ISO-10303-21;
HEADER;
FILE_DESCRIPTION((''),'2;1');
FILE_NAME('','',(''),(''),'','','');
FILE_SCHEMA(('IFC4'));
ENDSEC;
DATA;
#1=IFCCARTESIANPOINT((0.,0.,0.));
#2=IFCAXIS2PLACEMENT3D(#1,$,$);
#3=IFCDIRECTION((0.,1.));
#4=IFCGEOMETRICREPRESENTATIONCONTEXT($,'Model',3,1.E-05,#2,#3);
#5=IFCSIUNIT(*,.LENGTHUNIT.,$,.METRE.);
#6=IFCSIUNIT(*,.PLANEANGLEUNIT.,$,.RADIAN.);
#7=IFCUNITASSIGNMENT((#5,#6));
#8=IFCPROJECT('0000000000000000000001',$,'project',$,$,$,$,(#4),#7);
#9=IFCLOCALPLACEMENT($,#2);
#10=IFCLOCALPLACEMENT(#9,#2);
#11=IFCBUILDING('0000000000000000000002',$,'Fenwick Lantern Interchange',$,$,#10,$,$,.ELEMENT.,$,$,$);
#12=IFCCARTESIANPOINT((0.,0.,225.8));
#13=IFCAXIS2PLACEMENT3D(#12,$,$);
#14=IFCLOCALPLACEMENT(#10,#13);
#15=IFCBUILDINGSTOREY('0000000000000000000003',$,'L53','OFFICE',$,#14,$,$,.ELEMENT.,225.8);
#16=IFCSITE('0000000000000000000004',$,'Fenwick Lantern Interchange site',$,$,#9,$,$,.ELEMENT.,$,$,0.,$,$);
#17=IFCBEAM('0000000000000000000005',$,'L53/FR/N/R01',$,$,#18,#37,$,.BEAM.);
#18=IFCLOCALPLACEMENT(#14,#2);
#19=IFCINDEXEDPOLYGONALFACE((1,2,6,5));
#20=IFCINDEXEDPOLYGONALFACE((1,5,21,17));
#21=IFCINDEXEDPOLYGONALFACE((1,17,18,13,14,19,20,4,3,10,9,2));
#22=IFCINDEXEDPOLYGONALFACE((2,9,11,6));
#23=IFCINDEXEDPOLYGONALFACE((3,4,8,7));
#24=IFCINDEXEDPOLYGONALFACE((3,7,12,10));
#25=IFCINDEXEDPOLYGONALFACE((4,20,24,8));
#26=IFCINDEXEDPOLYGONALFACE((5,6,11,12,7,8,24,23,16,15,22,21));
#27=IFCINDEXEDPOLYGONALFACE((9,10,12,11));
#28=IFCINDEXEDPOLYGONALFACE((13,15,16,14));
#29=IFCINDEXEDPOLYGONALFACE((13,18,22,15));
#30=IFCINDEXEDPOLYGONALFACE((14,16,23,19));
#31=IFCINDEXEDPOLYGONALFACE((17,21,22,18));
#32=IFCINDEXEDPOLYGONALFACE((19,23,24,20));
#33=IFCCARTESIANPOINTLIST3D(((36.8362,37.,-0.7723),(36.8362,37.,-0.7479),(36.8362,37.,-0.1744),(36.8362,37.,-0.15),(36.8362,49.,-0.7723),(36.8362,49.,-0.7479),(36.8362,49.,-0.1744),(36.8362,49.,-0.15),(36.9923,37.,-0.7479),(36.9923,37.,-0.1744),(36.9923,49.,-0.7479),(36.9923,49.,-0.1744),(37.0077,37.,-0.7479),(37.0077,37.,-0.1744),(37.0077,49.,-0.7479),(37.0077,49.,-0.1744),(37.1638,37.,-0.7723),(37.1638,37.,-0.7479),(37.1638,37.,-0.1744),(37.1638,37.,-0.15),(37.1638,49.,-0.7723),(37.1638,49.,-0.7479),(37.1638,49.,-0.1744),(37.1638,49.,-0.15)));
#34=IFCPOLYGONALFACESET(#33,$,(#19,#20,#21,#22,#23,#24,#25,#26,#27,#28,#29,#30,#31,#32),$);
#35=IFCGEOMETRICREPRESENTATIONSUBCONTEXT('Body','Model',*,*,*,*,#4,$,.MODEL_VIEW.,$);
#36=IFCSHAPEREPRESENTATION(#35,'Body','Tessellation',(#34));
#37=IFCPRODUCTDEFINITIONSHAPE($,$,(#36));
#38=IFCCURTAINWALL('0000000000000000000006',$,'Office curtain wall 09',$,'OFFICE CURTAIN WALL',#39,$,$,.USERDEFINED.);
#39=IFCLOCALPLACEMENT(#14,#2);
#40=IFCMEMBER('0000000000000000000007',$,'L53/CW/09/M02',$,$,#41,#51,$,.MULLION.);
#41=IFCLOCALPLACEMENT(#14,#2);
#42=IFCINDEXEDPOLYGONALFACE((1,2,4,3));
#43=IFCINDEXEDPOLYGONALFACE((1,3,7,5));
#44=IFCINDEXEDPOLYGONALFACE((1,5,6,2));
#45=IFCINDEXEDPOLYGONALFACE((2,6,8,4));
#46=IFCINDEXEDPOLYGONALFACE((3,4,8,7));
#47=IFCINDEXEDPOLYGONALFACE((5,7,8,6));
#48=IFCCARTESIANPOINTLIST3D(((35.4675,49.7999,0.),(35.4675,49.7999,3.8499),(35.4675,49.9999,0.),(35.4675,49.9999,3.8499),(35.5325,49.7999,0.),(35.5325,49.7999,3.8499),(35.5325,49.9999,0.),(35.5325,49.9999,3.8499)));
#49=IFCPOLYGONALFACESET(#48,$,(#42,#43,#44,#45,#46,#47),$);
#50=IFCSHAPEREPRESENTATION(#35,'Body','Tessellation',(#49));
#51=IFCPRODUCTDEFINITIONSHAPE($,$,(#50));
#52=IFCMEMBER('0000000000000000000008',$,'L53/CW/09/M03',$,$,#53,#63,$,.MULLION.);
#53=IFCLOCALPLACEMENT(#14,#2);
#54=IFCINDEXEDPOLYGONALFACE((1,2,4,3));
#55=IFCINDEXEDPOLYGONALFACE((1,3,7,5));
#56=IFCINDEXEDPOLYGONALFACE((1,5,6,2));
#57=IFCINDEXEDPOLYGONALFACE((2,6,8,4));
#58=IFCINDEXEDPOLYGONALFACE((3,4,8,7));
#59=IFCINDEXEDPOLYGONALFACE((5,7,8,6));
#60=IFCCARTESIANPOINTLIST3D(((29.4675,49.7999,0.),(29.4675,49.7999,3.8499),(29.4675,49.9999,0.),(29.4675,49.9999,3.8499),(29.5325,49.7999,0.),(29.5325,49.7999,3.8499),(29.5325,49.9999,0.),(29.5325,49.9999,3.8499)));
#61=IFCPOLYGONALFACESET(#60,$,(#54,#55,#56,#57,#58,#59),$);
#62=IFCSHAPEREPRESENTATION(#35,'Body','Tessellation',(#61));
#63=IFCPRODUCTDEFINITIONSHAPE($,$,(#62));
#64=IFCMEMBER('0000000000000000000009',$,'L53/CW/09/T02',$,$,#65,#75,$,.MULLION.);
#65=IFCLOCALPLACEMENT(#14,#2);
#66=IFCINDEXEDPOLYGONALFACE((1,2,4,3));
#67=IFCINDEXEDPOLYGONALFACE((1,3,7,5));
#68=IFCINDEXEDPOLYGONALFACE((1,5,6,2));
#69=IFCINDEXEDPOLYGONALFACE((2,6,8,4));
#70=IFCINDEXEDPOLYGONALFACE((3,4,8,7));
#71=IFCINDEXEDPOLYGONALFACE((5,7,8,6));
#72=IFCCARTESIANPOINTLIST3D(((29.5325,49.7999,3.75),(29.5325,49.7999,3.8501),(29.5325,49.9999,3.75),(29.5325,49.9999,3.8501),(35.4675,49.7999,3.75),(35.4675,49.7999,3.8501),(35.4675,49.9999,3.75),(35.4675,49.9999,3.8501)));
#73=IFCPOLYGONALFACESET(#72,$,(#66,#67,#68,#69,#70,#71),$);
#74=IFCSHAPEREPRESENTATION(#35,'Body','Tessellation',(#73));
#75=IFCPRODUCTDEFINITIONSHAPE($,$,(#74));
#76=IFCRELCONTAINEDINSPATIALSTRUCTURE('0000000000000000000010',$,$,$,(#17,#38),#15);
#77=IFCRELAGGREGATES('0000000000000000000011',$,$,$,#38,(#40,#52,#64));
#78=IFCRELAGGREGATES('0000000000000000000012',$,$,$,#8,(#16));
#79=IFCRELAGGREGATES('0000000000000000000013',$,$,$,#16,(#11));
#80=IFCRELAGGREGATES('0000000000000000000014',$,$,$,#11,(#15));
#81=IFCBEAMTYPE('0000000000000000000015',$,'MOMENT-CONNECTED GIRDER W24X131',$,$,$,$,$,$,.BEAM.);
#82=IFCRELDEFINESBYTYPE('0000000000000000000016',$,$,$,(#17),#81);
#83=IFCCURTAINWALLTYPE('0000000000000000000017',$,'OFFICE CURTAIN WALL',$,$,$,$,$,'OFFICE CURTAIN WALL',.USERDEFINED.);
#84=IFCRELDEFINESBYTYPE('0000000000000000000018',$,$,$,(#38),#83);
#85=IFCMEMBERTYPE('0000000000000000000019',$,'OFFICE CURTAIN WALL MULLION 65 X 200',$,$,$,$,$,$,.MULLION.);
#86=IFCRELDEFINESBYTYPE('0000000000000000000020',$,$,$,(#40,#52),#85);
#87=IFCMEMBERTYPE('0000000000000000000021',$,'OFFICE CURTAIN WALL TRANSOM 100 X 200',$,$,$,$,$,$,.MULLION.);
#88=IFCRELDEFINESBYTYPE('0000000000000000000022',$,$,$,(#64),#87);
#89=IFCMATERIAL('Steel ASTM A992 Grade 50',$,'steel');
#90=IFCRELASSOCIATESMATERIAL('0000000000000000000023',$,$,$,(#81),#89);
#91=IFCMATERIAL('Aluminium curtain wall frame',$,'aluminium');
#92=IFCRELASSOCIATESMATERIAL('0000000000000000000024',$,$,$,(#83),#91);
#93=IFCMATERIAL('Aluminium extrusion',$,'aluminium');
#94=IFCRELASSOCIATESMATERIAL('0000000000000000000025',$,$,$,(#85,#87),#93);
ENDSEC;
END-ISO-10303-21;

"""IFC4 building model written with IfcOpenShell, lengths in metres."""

from ifc_helpers import new_model, si_unit, direction, frame, origin, origin_2d, place, context, subcontext, project, spatial, rectangle, i_section, extrude, material, material_profile, profile_set, type_object, element, aggregate, save


model = new_model("IFC4")

# Units and contexts
model_context = context("Model", 3, precision=1e-05, world=origin(), true_north=direction((0.0, 1.0)))
body_context = subcontext(model_context, "Body", "Model", "MODEL_VIEW")
ifc_project = project(units=[si_unit("LENGTHUNIT", "METRE"), si_unit("PLANEANGLEUNIT", "RADIAN")], contexts=[model_context])

# Site, building, storey
site_placement = place(None, origin())
site = spatial("IfcSite", under=ifc_project, at=site_placement, Name="Fenwick Lantern Interchange site", CompositionType="ELEMENT", RefElevation=0.0)
building_placement = place(site_placement, origin())
building = spatial("IfcBuilding", under=site, at=building_placement, Name="Fenwick Lantern Interchange", CompositionType="ELEMENT")
storey_placement = place(building_placement, frame((0.0, 0.0, 225.8)))
storey = spatial("IfcBuildingStorey", under=building, at=storey_placement, Name="L53", Description="OFFICE", CompositionType="ELEMENT", Elevation=225.8)

# Beam
ifc_material_1 = material(Name="Steel ASTM A992 Grade 50", Category="steel")
ifc_material_profile_1 = material_profile(ifc_material_1, i_section(OverallWidth=0.3276, OverallDepth=0.6223, WebThickness=0.0154, FlangeThickness=0.0244, at=origin_2d()), Name="W24X131")
ifc_profile_set_1 = profile_set([ifc_material_profile_1], Name="Steel ASTM A992 Grade 50")
beam_type_1 = type_object("IfcBeamType", Name="MOMENT-CONNECTED GIRDER W24X131", PredefinedType="BEAM", material=ifc_profile_set_1)
beam_1_placement = place(storey_placement, frame((37.0, 49.0, -0.4612), z_axis=(0.0, -1.0, 0.0), x_axis=(1.0, 0.0, 0.0)))
element("IfcBeam", 1, at=beam_1_placement, inside=storey, type_object=beam_type_1, Name="L53/FR/N/R01", PredefinedType="BEAM", context=body_context, shape_type="SweptSolid", body=[
    extrude(i_section(OverallWidth=0.3276, OverallDepth=0.6223, WebThickness=0.0154, FlangeThickness=0.0244, at=origin_2d()), origin(), (0.0, 0.0, 1.0), 12.0),
])

# Curtain wall, members
ifc_material_2 = material(Name="Aluminium curtain wall frame", Category="aluminium")
curtain_wall_type = type_object("IfcCurtainWallType", Name="OFFICE CURTAIN WALL", ElementType="OFFICE CURTAIN WALL", PredefinedType="USERDEFINED", material=ifc_material_2)
curtain_wall_placement = place(storey_placement, origin())
curtain_wall = element("IfcCurtainWall", 2, at=curtain_wall_placement, inside=storey, type_object=curtain_wall_type, Name="Office curtain wall 09", ObjectType="OFFICE CURTAIN WALL", PredefinedType="USERDEFINED")
ifc_material_3 = material(Name="Aluminium extrusion", Category="aluminium")
ifc_material_profile_2 = material_profile(ifc_material_3, rectangle(XDim=0.2, YDim=0.0649, at=origin_2d()), Name="OFFICE CURTAIN WALL MULLION 65 X 200")
ifc_profile_set_2 = profile_set([ifc_material_profile_2], Name="Aluminium extrusion")
member_type_1 = type_object("IfcMemberType", Name="OFFICE CURTAIN WALL MULLION 65 X 200", PredefinedType="MULLION", material=ifc_profile_set_2)
member_1_placement = place(storey_placement, frame((35.5, 49.8999, 0.0), z_axis=(0.0, 0.0, 1.0), x_axis=(0.0, -1.0, 0.0)))
member_1 = element("IfcMember", 3, at=member_1_placement, type_object=member_type_1, Name="L53/CW/09/M02", PredefinedType="MULLION", context=body_context, shape_type="SweptSolid", body=[
    extrude(rectangle(XDim=0.2, YDim=0.0649, at=origin_2d()), origin(), (0.0, 0.0, 1.0), 3.8499),
])
member_2_placement = place(storey_placement, frame((29.5, 49.8999, 0.0), z_axis=(0.0, 0.0, 1.0), x_axis=(0.0, -1.0, 0.0)))
member_2 = element("IfcMember", 4, at=member_2_placement, type_object=member_type_1, Name="L53/CW/09/M03", PredefinedType="MULLION", context=body_context, shape_type="SweptSolid", body=[
    extrude(rectangle(XDim=0.2, YDim=0.0649, at=origin_2d()), origin(), (0.0, 0.0, 1.0), 3.8499),
])
ifc_material_profile_3 = material_profile(ifc_material_3, rectangle(XDim=0.2, YDim=0.1001, at=origin_2d()), Name="OFFICE CURTAIN WALL TRANSOM 100 X 200")
ifc_profile_set_3 = profile_set([ifc_material_profile_3], Name="Aluminium extrusion")
member_type_2 = type_object("IfcMemberType", Name="OFFICE CURTAIN WALL TRANSOM 100 X 200", PredefinedType="MULLION", material=ifc_profile_set_3)
member_3_placement = place(storey_placement, frame((35.4675, 49.8999, 3.8), z_axis=(-1.0, 0.0, 0.0), x_axis=(0.0, -1.0, 0.0)))
member_3 = element("IfcMember", 5, at=member_3_placement, type_object=member_type_2, Name="L53/CW/09/T02", PredefinedType="MULLION", context=body_context, shape_type="SweptSolid", body=[
    extrude(rectangle(XDim=0.2, YDim=0.1001, at=origin_2d()), origin(), (0.0, 0.0, 1.0), 5.9351),
])
aggregate(curtain_wall, [member_1, member_2, member_3])

save(model, "model.ifc")
